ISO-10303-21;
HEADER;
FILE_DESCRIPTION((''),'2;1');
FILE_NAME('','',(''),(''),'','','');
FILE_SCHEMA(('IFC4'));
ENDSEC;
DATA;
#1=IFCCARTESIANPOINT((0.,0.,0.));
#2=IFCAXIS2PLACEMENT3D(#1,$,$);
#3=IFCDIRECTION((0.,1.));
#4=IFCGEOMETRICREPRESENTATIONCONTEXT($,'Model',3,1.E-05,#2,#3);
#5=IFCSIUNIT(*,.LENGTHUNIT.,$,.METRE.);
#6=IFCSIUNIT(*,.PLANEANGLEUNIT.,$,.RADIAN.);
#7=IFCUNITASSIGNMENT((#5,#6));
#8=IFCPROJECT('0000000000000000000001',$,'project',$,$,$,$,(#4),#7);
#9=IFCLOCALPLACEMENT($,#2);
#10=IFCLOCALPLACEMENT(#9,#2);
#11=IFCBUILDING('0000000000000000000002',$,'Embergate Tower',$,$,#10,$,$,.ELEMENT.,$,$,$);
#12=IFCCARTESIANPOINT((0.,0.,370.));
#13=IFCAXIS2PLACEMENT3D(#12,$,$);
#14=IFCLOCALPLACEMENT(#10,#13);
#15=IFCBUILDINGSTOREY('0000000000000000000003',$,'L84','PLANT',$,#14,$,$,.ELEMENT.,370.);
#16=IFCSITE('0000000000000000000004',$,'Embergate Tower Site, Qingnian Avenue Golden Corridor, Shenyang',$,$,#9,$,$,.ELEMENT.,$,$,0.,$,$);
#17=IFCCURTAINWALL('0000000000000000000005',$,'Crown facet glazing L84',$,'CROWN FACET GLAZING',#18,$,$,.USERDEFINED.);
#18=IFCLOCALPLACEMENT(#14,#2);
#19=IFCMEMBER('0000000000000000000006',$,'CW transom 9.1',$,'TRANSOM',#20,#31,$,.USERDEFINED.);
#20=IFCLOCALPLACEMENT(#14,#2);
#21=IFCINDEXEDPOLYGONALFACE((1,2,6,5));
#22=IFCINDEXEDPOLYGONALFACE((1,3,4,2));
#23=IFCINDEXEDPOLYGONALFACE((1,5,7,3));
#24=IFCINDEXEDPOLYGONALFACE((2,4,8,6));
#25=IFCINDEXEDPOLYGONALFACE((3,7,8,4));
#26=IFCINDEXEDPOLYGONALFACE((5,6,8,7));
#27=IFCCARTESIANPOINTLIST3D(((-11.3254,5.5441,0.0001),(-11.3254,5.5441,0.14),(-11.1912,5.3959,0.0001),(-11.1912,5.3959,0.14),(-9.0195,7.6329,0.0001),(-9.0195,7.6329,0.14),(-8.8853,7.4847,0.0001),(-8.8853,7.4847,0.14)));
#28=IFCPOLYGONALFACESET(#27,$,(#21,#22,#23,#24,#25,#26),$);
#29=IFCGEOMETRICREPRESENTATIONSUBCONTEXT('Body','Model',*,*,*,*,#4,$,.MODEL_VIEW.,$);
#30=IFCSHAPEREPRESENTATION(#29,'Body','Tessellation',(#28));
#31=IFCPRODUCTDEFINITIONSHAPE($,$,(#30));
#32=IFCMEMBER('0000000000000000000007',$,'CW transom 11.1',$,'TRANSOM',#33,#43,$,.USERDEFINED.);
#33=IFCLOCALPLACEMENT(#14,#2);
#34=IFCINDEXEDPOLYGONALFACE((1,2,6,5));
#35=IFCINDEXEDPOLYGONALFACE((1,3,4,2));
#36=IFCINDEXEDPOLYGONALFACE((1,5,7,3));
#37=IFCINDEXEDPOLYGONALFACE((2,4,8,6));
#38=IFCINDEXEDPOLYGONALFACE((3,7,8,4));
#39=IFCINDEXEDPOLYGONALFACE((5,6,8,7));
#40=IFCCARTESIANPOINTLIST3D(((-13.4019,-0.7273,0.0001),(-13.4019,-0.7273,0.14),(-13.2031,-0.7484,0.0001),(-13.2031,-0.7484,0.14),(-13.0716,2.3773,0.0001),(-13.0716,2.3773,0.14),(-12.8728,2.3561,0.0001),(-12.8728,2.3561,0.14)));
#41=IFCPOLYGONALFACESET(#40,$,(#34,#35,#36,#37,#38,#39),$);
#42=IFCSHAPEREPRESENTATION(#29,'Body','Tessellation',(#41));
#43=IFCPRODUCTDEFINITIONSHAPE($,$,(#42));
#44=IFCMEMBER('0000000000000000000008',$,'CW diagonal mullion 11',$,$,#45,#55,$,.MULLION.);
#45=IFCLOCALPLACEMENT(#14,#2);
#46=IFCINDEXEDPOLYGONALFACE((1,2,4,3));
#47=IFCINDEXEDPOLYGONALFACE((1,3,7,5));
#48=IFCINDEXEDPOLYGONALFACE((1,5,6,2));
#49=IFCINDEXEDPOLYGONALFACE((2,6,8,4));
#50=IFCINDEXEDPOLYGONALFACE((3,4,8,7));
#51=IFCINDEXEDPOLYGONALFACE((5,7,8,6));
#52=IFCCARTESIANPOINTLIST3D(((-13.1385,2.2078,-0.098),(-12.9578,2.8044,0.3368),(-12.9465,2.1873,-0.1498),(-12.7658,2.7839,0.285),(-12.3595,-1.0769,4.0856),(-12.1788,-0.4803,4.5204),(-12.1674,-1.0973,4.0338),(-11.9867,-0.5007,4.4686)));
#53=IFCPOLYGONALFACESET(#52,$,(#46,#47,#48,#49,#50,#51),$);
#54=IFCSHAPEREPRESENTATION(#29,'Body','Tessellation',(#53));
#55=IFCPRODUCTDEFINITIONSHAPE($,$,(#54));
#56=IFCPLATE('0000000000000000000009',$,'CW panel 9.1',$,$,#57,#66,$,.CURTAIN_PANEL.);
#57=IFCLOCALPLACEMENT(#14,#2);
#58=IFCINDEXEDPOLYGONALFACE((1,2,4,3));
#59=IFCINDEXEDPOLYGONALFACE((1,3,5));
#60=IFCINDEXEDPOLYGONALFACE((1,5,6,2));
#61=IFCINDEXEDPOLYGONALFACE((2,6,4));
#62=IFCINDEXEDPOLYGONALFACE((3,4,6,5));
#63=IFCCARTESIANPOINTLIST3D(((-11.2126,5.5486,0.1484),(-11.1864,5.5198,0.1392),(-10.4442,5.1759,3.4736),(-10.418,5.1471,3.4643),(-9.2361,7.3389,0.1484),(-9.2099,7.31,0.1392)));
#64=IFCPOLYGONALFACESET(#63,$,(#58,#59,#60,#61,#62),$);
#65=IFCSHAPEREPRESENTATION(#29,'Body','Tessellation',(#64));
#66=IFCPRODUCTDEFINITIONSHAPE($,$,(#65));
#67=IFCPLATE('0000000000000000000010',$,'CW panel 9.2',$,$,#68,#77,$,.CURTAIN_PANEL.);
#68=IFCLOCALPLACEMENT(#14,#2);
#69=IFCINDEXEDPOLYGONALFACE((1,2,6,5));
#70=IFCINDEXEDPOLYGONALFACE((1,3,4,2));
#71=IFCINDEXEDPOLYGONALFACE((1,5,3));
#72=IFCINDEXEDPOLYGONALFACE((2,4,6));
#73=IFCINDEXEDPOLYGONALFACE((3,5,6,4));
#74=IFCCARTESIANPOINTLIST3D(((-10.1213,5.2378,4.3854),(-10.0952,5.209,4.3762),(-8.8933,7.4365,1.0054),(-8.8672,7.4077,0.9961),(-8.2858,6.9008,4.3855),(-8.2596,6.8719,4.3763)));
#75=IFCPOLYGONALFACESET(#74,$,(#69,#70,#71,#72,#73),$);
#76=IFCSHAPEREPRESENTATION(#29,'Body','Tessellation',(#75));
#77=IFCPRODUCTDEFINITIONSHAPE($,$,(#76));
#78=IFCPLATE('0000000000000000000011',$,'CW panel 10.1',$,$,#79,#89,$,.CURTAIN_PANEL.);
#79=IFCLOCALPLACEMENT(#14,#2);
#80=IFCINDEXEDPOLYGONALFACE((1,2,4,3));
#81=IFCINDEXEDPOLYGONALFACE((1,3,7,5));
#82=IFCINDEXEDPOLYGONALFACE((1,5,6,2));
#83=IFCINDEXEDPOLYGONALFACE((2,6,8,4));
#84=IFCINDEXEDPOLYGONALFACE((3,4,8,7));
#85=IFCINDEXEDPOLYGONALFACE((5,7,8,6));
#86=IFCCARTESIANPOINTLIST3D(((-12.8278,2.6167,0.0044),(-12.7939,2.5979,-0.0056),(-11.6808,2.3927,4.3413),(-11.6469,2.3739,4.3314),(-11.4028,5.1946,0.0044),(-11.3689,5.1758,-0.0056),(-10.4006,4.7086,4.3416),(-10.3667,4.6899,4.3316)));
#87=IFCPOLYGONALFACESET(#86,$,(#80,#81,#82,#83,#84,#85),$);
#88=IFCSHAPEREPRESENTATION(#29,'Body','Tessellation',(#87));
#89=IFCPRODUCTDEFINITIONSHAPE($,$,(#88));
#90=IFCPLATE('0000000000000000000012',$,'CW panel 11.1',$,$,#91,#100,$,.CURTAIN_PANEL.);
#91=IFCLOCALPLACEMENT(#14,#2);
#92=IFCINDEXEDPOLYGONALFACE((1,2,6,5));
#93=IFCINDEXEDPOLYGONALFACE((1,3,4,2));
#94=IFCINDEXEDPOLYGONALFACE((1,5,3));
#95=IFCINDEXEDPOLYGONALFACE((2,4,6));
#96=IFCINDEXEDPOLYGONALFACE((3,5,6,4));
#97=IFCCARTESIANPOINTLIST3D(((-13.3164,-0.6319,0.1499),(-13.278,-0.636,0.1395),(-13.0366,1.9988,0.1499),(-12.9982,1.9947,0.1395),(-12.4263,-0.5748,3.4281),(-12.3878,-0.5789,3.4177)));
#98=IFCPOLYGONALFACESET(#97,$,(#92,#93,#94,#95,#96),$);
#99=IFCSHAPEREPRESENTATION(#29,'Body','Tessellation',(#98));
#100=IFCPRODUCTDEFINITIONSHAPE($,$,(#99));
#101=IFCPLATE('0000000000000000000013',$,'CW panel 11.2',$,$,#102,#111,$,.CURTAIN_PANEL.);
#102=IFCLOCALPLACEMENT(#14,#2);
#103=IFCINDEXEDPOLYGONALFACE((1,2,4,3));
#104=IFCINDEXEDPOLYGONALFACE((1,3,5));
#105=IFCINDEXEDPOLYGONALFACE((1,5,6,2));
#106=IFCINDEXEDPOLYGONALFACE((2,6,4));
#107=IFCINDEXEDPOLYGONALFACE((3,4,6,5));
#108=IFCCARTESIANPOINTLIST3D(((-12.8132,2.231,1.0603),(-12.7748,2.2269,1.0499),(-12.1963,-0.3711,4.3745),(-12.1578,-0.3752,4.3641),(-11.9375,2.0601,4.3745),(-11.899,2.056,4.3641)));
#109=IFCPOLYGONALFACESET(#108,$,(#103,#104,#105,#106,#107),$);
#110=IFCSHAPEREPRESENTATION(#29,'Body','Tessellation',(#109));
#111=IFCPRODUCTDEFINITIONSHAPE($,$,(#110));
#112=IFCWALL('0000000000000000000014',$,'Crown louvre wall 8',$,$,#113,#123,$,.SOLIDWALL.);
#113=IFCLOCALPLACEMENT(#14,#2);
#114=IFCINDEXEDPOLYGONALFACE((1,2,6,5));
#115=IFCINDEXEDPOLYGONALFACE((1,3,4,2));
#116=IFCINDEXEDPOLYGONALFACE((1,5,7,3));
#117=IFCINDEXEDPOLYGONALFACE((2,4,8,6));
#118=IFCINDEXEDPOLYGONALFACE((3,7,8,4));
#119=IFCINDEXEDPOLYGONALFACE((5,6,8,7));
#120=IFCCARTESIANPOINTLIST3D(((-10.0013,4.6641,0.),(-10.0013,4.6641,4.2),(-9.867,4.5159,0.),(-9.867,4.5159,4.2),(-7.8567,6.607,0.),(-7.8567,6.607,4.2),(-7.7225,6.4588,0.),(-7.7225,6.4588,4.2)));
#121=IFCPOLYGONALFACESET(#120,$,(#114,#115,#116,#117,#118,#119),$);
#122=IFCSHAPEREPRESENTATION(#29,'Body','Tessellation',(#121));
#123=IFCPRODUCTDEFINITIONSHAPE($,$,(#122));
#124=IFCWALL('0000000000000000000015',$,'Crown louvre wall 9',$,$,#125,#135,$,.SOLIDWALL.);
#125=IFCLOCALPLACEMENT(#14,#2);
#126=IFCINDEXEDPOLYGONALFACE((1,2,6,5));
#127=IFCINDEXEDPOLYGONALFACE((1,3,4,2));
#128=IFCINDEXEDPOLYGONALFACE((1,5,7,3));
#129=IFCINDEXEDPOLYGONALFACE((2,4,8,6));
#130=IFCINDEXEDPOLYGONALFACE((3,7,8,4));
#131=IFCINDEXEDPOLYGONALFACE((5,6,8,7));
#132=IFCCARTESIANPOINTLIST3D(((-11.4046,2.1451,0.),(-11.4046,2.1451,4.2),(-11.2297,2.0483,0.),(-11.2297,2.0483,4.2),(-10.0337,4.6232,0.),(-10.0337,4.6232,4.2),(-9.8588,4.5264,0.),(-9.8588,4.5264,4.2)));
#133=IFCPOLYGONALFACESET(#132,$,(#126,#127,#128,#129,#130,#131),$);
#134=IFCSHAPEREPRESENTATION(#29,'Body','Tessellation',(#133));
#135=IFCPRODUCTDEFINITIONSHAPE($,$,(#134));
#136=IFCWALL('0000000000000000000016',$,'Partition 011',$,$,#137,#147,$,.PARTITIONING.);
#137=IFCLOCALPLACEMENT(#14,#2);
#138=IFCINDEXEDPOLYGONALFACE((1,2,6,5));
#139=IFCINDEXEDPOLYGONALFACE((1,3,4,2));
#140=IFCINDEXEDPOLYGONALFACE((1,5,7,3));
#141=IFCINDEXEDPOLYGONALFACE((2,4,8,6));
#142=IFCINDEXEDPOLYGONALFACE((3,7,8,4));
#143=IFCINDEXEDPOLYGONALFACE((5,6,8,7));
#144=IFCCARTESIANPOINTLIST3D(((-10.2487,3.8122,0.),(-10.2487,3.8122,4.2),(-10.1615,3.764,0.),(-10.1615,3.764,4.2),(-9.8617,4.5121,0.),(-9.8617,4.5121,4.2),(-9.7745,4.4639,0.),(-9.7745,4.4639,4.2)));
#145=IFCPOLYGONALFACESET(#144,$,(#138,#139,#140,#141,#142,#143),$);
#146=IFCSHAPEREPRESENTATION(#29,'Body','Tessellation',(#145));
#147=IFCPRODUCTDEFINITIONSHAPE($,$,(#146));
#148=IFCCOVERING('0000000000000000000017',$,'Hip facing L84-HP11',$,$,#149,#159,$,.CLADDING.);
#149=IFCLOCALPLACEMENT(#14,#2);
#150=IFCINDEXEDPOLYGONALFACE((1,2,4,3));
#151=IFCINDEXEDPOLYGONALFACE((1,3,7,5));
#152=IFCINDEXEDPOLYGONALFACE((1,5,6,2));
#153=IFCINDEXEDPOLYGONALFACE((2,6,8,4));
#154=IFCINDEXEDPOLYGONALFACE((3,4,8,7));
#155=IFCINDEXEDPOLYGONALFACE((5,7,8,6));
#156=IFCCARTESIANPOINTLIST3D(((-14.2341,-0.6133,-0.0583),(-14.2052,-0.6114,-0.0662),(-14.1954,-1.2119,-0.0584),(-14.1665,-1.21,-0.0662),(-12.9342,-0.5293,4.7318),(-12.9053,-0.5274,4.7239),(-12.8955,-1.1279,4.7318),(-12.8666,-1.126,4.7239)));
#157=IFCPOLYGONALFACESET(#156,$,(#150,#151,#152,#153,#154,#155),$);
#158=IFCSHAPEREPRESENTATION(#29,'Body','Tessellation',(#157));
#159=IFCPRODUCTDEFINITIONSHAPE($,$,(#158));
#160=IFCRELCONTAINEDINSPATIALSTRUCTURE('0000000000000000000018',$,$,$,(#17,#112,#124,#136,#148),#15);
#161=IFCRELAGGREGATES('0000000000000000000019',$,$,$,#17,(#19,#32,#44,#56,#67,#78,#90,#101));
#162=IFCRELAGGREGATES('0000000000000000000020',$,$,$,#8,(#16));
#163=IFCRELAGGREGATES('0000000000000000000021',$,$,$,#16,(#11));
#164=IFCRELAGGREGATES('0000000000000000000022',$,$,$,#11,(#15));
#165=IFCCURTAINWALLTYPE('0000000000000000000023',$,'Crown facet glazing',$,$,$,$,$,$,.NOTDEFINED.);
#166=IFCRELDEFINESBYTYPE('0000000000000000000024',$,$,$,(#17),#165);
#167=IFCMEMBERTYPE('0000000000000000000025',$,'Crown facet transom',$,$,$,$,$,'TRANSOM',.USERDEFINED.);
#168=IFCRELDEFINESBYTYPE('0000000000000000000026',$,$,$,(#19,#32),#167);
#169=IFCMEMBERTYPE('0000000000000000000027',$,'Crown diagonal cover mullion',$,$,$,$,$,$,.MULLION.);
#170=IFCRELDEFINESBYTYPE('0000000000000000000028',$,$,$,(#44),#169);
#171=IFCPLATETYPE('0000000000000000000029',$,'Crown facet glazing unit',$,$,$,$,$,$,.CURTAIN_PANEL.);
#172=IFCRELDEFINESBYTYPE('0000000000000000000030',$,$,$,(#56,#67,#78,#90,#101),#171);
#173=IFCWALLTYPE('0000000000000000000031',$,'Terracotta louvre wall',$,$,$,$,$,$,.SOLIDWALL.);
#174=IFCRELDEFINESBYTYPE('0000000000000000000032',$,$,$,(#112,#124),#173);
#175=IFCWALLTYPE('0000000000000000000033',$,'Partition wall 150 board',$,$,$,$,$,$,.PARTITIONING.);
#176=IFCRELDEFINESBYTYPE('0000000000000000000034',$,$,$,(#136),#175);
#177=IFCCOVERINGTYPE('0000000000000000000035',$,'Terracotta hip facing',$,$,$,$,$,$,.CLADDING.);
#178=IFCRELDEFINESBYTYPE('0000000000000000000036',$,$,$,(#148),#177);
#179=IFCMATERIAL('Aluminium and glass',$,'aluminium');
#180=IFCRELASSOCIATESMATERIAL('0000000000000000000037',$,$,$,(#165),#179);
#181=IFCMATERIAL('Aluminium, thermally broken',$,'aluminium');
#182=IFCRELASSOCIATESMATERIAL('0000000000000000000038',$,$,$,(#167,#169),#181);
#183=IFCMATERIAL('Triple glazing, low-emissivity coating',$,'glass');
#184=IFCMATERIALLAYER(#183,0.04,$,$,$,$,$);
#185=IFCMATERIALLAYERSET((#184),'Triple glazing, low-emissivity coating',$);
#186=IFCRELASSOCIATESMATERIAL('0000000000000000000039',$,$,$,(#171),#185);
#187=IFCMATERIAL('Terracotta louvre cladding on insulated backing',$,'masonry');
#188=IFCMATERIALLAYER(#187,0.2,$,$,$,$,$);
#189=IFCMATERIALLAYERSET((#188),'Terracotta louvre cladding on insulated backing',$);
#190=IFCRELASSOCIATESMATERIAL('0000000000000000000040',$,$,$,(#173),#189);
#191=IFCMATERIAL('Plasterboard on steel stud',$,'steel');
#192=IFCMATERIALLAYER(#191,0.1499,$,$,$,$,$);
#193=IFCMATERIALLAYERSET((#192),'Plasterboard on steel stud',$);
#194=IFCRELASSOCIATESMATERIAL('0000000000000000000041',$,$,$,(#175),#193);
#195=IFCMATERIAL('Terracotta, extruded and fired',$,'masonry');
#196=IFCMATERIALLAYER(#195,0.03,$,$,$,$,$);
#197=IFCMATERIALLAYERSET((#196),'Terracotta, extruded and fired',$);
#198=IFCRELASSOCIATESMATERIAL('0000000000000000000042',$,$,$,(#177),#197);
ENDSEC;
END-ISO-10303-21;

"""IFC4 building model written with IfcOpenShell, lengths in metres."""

from ifc_helpers import new_model, si_unit, direction, frame, frame_2d, origin, origin_2d, place, context, subcontext, project, spatial, polyline, rectangle, outline, extrude, source, transform, mapped, material, layer, layer_set, material_profile, profile_set, type_object, element, aggregate, save


model = new_model("IFC4")

# Units and contexts
model_context = context("Model", 3, precision=1e-05, world=origin(), true_north=direction((0.0, 1.0)))
body_context = subcontext(model_context, "Body", "Model", "MODEL_VIEW")
ifc_project = project(units=[si_unit("LENGTHUNIT", "METRE"), si_unit("PLANEANGLEUNIT", "RADIAN")], contexts=[model_context])

# Site, building, storey
site_placement = place(None, origin())
site = spatial("IfcSite", under=ifc_project, at=site_placement, Name="Embergate Tower Site, Qingnian Avenue Golden Corridor, Shenyang", CompositionType="ELEMENT", RefElevation=0.0)
building_placement = place(site_placement, origin())
building = spatial("IfcBuilding", under=site, at=building_placement, Name="Embergate Tower", CompositionType="ELEMENT")
storey_placement = place(building_placement, frame((0.0, 0.0, 370.0)))
storey = spatial("IfcBuildingStorey", under=building, at=storey_placement, Name="L84", Description="PLANT", CompositionType="ELEMENT", Elevation=370.0)

# Curtain wall, members, plates
ifc_material_1 = material(Name="Aluminium and glass", Category="aluminium")
curtain_wall_type = type_object("IfcCurtainWallType", Name="Crown facet glazing", PredefinedType="NOTDEFINED", material=ifc_material_1)
curtain_wall_placement = place(storey_placement, origin())
curtain_wall = element("IfcCurtainWall", 1, at=curtain_wall_placement, inside=storey, type_object=curtain_wall_type, Name="Crown facet glazing L84", ObjectType="CROWN FACET GLAZING", PredefinedType="USERDEFINED")
ifc_material_2 = material(Name="Aluminium, thermally broken", Category="aluminium")
ifc_material_profile_1 = material_profile(ifc_material_2, rectangle(XDim=0.2, YDim=0.1399, at=origin_2d()), Name="AL 140x200")
ifc_profile_set_1 = profile_set([ifc_material_profile_1], Name="Aluminium, thermally broken")
member_type_1 = type_object("IfcMemberType", Name="Crown facet transom", ElementType="TRANSOM", PredefinedType="USERDEFINED", material=ifc_profile_set_1)
shared_shape_1 = source(origin(), body_context, "Body", "SweptSolid", [
    extrude(rectangle(XDim=0.2, YDim=0.1399, at=origin_2d()), origin(), (0.0, 0.0, 1.0), 3.1113),
])
member_1_placement = place(storey_placement, frame((-8.9524, 7.5588, 0.0701), z_axis=(-0.741125, -0.671367, 0.0), x_axis=(0.671367, -0.741125, 0.0)))
member_1 = element("IfcMember", 2, at=member_1_placement, type_object=member_type_1, Name="CW transom 9.1", ObjectType="TRANSOM", PredefinedType="USERDEFINED", context=body_context, shape_type="MappedRepresentation", body=[
    mapped(shared_shape_1, transform((0.0, 0.0, 0.0))),
])
shared_shape_2 = source(origin(), body_context, "Body", "SweptSolid", [
    extrude(rectangle(XDim=0.2, YDim=0.1399, at=origin_2d()), origin(), (0.0, 0.0, 1.0), 3.1221),
])
member_2_placement = place(storey_placement, frame((-12.9722, 2.3667, 0.0701), z_axis=(-0.105804, -0.994387, 0.0), x_axis=(0.994387, -0.105804, 0.0)))
member_2 = element("IfcMember", 3, at=member_2_placement, type_object=member_type_1, Name="CW transom 11.1", ObjectType="TRANSOM", PredefinedType="USERDEFINED", context=body_context, shape_type="MappedRepresentation", body=[
    mapped(shared_shape_2, transform((0.0, 0.0, 0.0))),
])
ifc_material_profile_2 = material_profile(ifc_material_2, rectangle(XDim=0.2, YDim=0.76, at=origin_2d()), Name="AL 760x200")
ifc_profile_set_2 = profile_set([ifc_material_profile_2], Name="Aluminium, thermally broken")
member_type_2 = type_object("IfcMemberType", Name="Crown diagonal cover mullion", PredefinedType="MULLION", material=ifc_profile_set_2)
shared_shape_3 = source(origin(), body_context, "Body", "SweptSolid", [
    extrude(rectangle(XDim=0.2, YDim=0.76, at=origin_2d()), origin(), (0.0, 0.0, 1.0), 5.3757),
])
member_3_placement = place(storey_placement, frame((-12.9521, 2.4958, 0.0935), z_axis=(0.14492, -0.611019, 0.778238), x_axis=(-0.960449, 0.102143, 0.259047)))
member_3 = element("IfcMember", 4, at=member_3_placement, type_object=member_type_2, Name="CW diagonal mullion 11", PredefinedType="MULLION", context=body_context, shape_type="MappedRepresentation", body=[
    mapped(shared_shape_3, transform((0.0, 0.0, 0.0))),
])
ifc_material_3 = material(Name="Triple glazing, low-emissivity coating", Category="glass")
ifc_layer_1 = layer(ifc_material_3, 0.04)
ifc_layer_set_1 = layer_set([ifc_layer_1], Name="Triple glazing, low-emissivity coating")
plate_type = type_object("IfcPlateType", Name="Crown facet glazing unit", PredefinedType="CURTAIN_PANEL", material=ifc_layer_set_1)
shared_shape_4 = source(origin(), body_context, "Body", "SweptSolid", [
    extrude(outline(polyline([(0.0, 0.0), (2.6667, 0.0), (2.3474, 3.4182), (0.0, 0.0)])), origin(), (0.0, 0.0, -1.0), 0.04),
])
plate_1_placement = place(storey_placement, frame((-9.2361, 7.3389, 0.1484), z_axis=(-0.653047, 0.720996, 0.23172), x_axis=(-0.741169, -0.671318, 0.0)))
plate_1 = element("IfcPlate", 5, at=plate_1_placement, type_object=plate_type, Name="CW panel 9.1", PredefinedType="CURTAIN_PANEL", context=body_context, shape_type="MappedRepresentation", body=[
    mapped(shared_shape_4, transform((0.0, 0.0, 0.0))),
])
shared_shape_5 = source(origin(), body_context, "Body", "SweptSolid", [
    extrude(outline(polyline([(0.0, 0.0), (4.2151, 0.0), (2.813, 2.0417), (0.0, 0.0)])), origin(), (0.0, 0.0, -1.0), 0.04),
])
plate_2_placement = place(storey_placement, frame((-8.8933, 7.4365, 1.0054), z_axis=(-0.653141, 0.720929, 0.231664), x_axis=(-0.291335, -0.521622, 0.801894)))
plate_2 = element("IfcPlate", 6, at=plate_2_placement, type_object=plate_type, Name="CW panel 9.2", PredefinedType="CURTAIN_PANEL", context=body_context, shape_type="MappedRepresentation", body=[
    mapped(shared_shape_5, transform((0.0, 0.0, 0.0))),
])
shared_shape_6 = source(origin(), body_context, "Body", "SweptSolid", [
    extrude(outline(polyline([(0.0, 0.0), (2.9456, 0.0), (2.5867, 4.4773), (-0.0596, 4.4775), (0.0, 0.0)])), origin(), (0.0, 0.0, -1.0), 0.04),
])
plate_3_placement = place(storey_placement, frame((-11.4028, 5.1946, 0.0044), z_axis=(-0.847761, 0.468612, 0.248404), x_axis=(-0.483776, -0.875192, -0.000006)))
plate_3 = element("IfcPlate", 7, at=plate_3_placement, type_object=plate_type, Name="CW panel 10.1", PredefinedType="CURTAIN_PANEL", context=body_context, shape_type="MappedRepresentation", body=[
    mapped(shared_shape_6, transform((0.0, 0.0, 0.0))),
])
shared_shape_7 = source(origin(), body_context, "Body", "SweptSolid", [
    extrude(outline(polyline([(0.0, 0.0), (2.6455, 0.0), (2.4946, 3.394), (0.0, 0.0)])), origin(), (0.0, 0.0, -1.0), 0.04),
])
plate_4_placement = place(storey_placement, frame((-13.0366, 1.9988, 0.1499), z_axis=(-0.960457, 0.102152, 0.259013), x_axis=(-0.105761, -0.994392, 0.0)))
plate_4 = element("IfcPlate", 8, at=plate_4_placement, type_object=plate_type, Name="CW panel 11.1", PredefinedType="CURTAIN_PANEL", context=body_context, shape_type="MappedRepresentation", body=[
    mapped(shared_shape_7, transform((0.0, 0.0, 0.0))),
])
shared_shape_8 = source(origin(), body_context, "Body", "SweptSolid", [
    extrude(outline(polyline([(0.0, 0.0), (4.2585, 0.0), (2.8105, 1.97), (0.0, 0.0)])), origin(), (0.0, 0.0, -1.0), 0.04),
])
plate_5_placement = place(storey_placement, frame((-12.8132, 2.231, 1.0603), z_axis=(-0.960437, 0.102236, 0.259054), x_axis=(0.144872, -0.611018, 0.778248)))
plate_5 = element("IfcPlate", 9, at=plate_5_placement, type_object=plate_type, Name="CW panel 11.2", PredefinedType="CURTAIN_PANEL", context=body_context, shape_type="MappedRepresentation", body=[
    mapped(shared_shape_8, transform((0.0, 0.0, 0.0))),
])
aggregate(curtain_wall, [member_1, member_2, member_3, plate_1, plate_2, plate_3, plate_4, plate_5])

# Walls
ifc_material_4 = material(Name="Terracotta louvre cladding on insulated backing", Category="masonry")
ifc_layer_2 = layer(ifc_material_4, 0.2)
ifc_layer_set_2 = layer_set([ifc_layer_2], Name="Terracotta louvre cladding on insulated backing")
wall_type_1 = type_object("IfcWallType", Name="Terracotta louvre wall", PredefinedType="SOLIDWALL", material=ifc_layer_set_2)
shared_shape_9 = source(origin(), body_context, "Body", "SweptSolid", [
    extrude(rectangle(XDim=2.8938, YDim=0.2, at=frame_2d((1.4468, 0.0))), origin(), (0.0, 0.0, 1.0), 4.2),
])
wall_1_placement = place(storey_placement, frame((-9.9341, 4.5901, 0.0), z_axis=(0.0, 0.0, 1.0), x_axis=(0.741092, 0.671404, 0.0)))
element("IfcWall", 10, at=wall_1_placement, inside=storey, type_object=wall_type_1, Name="Crown louvre wall 8", PredefinedType="SOLIDWALL", context=body_context, shape_type="MappedRepresentation", body=[
    mapped(shared_shape_9, transform((0.0, 0.0, 0.0))),
])
shared_shape_10 = source(origin(), body_context, "Body", "SweptSolid", [
    extrude(rectangle(XDim=2.832, YDim=0.2, at=frame_2d((1.416, 0.0))), origin(), (0.0, 0.0, 1.0), 4.2),
])
wall_2_placement = place(storey_placement, frame((-11.3171, 2.0967, 0.0), z_axis=(0.0, 0.0, 1.0), x_axis=(0.484068, 0.87503, 0.0)))
element("IfcWall", 11, at=wall_2_placement, inside=storey, type_object=wall_type_1, Name="Crown louvre wall 9", PredefinedType="SOLIDWALL", context=body_context, shape_type="MappedRepresentation", body=[
    mapped(shared_shape_10, transform((0.0, 0.0, 0.0))),
])
ifc_material_5 = material(Name="Plasterboard on steel stud", Category="steel")
ifc_layer_3 = layer(ifc_material_5, 0.1499)
ifc_layer_set_3 = layer_set([ifc_layer_3], Name="Plasterboard on steel stud")
wall_type_2 = type_object("IfcWallType", Name="Partition wall 150 board", PredefinedType="PARTITIONING", material=ifc_layer_set_3)
shared_shape_11 = source(origin(), body_context, "Body", "SweptSolid", [
    extrude(rectangle(XDim=0.7998, YDim=0.0996, at=frame_2d((0.3999, 0.0))), origin(), (0.0, 0.0, 1.0), 4.2),
])
wall_3_placement = place(storey_placement, frame((-10.2051, 3.7881, 0.0), z_axis=(0.0, 0.0, 1.0), x_axis=(0.483828, 0.875163, 0.0)))
element("IfcWall", 12, at=wall_3_placement, inside=storey, type_object=wall_type_2, Name="Partition 011", PredefinedType="PARTITIONING", context=body_context, shape_type="MappedRepresentation", body=[
    mapped(shared_shape_11, transform((0.0, 0.0, 0.0))),
])

# Covering
ifc_material_6 = material(Name="Terracotta, extruded and fired", Category="masonry")
ifc_layer_4 = layer(ifc_material_6, 0.03)
ifc_layer_set_4 = layer_set([ifc_layer_4], Name="Terracotta, extruded and fired")
covering_type = type_object("IfcCoveringType", Name="Terracotta hip facing", PredefinedType="CLADDING", material=ifc_layer_set_4)
shared_shape_12 = source(origin(), body_context, "Body", "SweptSolid", [
    extrude(outline(polyline([(0.0, 0.0), (4.9641, 0.0), (4.9641, -0.5999), (0.0, -0.5999), (0.0, 0.0)])), origin(), (0.0, 0.0, -1.0), 0.03),
])
covering_1_placement = place(storey_placement, frame((-14.2341, -0.6133, -0.0583), z_axis=(-0.962945, -0.062246, 0.262417), x_axis=(0.261871, 0.016917, 0.964955)))
element("IfcCovering", 13, at=covering_1_placement, inside=storey, type_object=covering_type, Name="Hip facing L84-HP11", PredefinedType="CLADDING", context=body_context, shape_type="MappedRepresentation", body=[
    mapped(shared_shape_12, transform((0.0, 0.0, 0.0))),
])

save(model, "model.ifc")
